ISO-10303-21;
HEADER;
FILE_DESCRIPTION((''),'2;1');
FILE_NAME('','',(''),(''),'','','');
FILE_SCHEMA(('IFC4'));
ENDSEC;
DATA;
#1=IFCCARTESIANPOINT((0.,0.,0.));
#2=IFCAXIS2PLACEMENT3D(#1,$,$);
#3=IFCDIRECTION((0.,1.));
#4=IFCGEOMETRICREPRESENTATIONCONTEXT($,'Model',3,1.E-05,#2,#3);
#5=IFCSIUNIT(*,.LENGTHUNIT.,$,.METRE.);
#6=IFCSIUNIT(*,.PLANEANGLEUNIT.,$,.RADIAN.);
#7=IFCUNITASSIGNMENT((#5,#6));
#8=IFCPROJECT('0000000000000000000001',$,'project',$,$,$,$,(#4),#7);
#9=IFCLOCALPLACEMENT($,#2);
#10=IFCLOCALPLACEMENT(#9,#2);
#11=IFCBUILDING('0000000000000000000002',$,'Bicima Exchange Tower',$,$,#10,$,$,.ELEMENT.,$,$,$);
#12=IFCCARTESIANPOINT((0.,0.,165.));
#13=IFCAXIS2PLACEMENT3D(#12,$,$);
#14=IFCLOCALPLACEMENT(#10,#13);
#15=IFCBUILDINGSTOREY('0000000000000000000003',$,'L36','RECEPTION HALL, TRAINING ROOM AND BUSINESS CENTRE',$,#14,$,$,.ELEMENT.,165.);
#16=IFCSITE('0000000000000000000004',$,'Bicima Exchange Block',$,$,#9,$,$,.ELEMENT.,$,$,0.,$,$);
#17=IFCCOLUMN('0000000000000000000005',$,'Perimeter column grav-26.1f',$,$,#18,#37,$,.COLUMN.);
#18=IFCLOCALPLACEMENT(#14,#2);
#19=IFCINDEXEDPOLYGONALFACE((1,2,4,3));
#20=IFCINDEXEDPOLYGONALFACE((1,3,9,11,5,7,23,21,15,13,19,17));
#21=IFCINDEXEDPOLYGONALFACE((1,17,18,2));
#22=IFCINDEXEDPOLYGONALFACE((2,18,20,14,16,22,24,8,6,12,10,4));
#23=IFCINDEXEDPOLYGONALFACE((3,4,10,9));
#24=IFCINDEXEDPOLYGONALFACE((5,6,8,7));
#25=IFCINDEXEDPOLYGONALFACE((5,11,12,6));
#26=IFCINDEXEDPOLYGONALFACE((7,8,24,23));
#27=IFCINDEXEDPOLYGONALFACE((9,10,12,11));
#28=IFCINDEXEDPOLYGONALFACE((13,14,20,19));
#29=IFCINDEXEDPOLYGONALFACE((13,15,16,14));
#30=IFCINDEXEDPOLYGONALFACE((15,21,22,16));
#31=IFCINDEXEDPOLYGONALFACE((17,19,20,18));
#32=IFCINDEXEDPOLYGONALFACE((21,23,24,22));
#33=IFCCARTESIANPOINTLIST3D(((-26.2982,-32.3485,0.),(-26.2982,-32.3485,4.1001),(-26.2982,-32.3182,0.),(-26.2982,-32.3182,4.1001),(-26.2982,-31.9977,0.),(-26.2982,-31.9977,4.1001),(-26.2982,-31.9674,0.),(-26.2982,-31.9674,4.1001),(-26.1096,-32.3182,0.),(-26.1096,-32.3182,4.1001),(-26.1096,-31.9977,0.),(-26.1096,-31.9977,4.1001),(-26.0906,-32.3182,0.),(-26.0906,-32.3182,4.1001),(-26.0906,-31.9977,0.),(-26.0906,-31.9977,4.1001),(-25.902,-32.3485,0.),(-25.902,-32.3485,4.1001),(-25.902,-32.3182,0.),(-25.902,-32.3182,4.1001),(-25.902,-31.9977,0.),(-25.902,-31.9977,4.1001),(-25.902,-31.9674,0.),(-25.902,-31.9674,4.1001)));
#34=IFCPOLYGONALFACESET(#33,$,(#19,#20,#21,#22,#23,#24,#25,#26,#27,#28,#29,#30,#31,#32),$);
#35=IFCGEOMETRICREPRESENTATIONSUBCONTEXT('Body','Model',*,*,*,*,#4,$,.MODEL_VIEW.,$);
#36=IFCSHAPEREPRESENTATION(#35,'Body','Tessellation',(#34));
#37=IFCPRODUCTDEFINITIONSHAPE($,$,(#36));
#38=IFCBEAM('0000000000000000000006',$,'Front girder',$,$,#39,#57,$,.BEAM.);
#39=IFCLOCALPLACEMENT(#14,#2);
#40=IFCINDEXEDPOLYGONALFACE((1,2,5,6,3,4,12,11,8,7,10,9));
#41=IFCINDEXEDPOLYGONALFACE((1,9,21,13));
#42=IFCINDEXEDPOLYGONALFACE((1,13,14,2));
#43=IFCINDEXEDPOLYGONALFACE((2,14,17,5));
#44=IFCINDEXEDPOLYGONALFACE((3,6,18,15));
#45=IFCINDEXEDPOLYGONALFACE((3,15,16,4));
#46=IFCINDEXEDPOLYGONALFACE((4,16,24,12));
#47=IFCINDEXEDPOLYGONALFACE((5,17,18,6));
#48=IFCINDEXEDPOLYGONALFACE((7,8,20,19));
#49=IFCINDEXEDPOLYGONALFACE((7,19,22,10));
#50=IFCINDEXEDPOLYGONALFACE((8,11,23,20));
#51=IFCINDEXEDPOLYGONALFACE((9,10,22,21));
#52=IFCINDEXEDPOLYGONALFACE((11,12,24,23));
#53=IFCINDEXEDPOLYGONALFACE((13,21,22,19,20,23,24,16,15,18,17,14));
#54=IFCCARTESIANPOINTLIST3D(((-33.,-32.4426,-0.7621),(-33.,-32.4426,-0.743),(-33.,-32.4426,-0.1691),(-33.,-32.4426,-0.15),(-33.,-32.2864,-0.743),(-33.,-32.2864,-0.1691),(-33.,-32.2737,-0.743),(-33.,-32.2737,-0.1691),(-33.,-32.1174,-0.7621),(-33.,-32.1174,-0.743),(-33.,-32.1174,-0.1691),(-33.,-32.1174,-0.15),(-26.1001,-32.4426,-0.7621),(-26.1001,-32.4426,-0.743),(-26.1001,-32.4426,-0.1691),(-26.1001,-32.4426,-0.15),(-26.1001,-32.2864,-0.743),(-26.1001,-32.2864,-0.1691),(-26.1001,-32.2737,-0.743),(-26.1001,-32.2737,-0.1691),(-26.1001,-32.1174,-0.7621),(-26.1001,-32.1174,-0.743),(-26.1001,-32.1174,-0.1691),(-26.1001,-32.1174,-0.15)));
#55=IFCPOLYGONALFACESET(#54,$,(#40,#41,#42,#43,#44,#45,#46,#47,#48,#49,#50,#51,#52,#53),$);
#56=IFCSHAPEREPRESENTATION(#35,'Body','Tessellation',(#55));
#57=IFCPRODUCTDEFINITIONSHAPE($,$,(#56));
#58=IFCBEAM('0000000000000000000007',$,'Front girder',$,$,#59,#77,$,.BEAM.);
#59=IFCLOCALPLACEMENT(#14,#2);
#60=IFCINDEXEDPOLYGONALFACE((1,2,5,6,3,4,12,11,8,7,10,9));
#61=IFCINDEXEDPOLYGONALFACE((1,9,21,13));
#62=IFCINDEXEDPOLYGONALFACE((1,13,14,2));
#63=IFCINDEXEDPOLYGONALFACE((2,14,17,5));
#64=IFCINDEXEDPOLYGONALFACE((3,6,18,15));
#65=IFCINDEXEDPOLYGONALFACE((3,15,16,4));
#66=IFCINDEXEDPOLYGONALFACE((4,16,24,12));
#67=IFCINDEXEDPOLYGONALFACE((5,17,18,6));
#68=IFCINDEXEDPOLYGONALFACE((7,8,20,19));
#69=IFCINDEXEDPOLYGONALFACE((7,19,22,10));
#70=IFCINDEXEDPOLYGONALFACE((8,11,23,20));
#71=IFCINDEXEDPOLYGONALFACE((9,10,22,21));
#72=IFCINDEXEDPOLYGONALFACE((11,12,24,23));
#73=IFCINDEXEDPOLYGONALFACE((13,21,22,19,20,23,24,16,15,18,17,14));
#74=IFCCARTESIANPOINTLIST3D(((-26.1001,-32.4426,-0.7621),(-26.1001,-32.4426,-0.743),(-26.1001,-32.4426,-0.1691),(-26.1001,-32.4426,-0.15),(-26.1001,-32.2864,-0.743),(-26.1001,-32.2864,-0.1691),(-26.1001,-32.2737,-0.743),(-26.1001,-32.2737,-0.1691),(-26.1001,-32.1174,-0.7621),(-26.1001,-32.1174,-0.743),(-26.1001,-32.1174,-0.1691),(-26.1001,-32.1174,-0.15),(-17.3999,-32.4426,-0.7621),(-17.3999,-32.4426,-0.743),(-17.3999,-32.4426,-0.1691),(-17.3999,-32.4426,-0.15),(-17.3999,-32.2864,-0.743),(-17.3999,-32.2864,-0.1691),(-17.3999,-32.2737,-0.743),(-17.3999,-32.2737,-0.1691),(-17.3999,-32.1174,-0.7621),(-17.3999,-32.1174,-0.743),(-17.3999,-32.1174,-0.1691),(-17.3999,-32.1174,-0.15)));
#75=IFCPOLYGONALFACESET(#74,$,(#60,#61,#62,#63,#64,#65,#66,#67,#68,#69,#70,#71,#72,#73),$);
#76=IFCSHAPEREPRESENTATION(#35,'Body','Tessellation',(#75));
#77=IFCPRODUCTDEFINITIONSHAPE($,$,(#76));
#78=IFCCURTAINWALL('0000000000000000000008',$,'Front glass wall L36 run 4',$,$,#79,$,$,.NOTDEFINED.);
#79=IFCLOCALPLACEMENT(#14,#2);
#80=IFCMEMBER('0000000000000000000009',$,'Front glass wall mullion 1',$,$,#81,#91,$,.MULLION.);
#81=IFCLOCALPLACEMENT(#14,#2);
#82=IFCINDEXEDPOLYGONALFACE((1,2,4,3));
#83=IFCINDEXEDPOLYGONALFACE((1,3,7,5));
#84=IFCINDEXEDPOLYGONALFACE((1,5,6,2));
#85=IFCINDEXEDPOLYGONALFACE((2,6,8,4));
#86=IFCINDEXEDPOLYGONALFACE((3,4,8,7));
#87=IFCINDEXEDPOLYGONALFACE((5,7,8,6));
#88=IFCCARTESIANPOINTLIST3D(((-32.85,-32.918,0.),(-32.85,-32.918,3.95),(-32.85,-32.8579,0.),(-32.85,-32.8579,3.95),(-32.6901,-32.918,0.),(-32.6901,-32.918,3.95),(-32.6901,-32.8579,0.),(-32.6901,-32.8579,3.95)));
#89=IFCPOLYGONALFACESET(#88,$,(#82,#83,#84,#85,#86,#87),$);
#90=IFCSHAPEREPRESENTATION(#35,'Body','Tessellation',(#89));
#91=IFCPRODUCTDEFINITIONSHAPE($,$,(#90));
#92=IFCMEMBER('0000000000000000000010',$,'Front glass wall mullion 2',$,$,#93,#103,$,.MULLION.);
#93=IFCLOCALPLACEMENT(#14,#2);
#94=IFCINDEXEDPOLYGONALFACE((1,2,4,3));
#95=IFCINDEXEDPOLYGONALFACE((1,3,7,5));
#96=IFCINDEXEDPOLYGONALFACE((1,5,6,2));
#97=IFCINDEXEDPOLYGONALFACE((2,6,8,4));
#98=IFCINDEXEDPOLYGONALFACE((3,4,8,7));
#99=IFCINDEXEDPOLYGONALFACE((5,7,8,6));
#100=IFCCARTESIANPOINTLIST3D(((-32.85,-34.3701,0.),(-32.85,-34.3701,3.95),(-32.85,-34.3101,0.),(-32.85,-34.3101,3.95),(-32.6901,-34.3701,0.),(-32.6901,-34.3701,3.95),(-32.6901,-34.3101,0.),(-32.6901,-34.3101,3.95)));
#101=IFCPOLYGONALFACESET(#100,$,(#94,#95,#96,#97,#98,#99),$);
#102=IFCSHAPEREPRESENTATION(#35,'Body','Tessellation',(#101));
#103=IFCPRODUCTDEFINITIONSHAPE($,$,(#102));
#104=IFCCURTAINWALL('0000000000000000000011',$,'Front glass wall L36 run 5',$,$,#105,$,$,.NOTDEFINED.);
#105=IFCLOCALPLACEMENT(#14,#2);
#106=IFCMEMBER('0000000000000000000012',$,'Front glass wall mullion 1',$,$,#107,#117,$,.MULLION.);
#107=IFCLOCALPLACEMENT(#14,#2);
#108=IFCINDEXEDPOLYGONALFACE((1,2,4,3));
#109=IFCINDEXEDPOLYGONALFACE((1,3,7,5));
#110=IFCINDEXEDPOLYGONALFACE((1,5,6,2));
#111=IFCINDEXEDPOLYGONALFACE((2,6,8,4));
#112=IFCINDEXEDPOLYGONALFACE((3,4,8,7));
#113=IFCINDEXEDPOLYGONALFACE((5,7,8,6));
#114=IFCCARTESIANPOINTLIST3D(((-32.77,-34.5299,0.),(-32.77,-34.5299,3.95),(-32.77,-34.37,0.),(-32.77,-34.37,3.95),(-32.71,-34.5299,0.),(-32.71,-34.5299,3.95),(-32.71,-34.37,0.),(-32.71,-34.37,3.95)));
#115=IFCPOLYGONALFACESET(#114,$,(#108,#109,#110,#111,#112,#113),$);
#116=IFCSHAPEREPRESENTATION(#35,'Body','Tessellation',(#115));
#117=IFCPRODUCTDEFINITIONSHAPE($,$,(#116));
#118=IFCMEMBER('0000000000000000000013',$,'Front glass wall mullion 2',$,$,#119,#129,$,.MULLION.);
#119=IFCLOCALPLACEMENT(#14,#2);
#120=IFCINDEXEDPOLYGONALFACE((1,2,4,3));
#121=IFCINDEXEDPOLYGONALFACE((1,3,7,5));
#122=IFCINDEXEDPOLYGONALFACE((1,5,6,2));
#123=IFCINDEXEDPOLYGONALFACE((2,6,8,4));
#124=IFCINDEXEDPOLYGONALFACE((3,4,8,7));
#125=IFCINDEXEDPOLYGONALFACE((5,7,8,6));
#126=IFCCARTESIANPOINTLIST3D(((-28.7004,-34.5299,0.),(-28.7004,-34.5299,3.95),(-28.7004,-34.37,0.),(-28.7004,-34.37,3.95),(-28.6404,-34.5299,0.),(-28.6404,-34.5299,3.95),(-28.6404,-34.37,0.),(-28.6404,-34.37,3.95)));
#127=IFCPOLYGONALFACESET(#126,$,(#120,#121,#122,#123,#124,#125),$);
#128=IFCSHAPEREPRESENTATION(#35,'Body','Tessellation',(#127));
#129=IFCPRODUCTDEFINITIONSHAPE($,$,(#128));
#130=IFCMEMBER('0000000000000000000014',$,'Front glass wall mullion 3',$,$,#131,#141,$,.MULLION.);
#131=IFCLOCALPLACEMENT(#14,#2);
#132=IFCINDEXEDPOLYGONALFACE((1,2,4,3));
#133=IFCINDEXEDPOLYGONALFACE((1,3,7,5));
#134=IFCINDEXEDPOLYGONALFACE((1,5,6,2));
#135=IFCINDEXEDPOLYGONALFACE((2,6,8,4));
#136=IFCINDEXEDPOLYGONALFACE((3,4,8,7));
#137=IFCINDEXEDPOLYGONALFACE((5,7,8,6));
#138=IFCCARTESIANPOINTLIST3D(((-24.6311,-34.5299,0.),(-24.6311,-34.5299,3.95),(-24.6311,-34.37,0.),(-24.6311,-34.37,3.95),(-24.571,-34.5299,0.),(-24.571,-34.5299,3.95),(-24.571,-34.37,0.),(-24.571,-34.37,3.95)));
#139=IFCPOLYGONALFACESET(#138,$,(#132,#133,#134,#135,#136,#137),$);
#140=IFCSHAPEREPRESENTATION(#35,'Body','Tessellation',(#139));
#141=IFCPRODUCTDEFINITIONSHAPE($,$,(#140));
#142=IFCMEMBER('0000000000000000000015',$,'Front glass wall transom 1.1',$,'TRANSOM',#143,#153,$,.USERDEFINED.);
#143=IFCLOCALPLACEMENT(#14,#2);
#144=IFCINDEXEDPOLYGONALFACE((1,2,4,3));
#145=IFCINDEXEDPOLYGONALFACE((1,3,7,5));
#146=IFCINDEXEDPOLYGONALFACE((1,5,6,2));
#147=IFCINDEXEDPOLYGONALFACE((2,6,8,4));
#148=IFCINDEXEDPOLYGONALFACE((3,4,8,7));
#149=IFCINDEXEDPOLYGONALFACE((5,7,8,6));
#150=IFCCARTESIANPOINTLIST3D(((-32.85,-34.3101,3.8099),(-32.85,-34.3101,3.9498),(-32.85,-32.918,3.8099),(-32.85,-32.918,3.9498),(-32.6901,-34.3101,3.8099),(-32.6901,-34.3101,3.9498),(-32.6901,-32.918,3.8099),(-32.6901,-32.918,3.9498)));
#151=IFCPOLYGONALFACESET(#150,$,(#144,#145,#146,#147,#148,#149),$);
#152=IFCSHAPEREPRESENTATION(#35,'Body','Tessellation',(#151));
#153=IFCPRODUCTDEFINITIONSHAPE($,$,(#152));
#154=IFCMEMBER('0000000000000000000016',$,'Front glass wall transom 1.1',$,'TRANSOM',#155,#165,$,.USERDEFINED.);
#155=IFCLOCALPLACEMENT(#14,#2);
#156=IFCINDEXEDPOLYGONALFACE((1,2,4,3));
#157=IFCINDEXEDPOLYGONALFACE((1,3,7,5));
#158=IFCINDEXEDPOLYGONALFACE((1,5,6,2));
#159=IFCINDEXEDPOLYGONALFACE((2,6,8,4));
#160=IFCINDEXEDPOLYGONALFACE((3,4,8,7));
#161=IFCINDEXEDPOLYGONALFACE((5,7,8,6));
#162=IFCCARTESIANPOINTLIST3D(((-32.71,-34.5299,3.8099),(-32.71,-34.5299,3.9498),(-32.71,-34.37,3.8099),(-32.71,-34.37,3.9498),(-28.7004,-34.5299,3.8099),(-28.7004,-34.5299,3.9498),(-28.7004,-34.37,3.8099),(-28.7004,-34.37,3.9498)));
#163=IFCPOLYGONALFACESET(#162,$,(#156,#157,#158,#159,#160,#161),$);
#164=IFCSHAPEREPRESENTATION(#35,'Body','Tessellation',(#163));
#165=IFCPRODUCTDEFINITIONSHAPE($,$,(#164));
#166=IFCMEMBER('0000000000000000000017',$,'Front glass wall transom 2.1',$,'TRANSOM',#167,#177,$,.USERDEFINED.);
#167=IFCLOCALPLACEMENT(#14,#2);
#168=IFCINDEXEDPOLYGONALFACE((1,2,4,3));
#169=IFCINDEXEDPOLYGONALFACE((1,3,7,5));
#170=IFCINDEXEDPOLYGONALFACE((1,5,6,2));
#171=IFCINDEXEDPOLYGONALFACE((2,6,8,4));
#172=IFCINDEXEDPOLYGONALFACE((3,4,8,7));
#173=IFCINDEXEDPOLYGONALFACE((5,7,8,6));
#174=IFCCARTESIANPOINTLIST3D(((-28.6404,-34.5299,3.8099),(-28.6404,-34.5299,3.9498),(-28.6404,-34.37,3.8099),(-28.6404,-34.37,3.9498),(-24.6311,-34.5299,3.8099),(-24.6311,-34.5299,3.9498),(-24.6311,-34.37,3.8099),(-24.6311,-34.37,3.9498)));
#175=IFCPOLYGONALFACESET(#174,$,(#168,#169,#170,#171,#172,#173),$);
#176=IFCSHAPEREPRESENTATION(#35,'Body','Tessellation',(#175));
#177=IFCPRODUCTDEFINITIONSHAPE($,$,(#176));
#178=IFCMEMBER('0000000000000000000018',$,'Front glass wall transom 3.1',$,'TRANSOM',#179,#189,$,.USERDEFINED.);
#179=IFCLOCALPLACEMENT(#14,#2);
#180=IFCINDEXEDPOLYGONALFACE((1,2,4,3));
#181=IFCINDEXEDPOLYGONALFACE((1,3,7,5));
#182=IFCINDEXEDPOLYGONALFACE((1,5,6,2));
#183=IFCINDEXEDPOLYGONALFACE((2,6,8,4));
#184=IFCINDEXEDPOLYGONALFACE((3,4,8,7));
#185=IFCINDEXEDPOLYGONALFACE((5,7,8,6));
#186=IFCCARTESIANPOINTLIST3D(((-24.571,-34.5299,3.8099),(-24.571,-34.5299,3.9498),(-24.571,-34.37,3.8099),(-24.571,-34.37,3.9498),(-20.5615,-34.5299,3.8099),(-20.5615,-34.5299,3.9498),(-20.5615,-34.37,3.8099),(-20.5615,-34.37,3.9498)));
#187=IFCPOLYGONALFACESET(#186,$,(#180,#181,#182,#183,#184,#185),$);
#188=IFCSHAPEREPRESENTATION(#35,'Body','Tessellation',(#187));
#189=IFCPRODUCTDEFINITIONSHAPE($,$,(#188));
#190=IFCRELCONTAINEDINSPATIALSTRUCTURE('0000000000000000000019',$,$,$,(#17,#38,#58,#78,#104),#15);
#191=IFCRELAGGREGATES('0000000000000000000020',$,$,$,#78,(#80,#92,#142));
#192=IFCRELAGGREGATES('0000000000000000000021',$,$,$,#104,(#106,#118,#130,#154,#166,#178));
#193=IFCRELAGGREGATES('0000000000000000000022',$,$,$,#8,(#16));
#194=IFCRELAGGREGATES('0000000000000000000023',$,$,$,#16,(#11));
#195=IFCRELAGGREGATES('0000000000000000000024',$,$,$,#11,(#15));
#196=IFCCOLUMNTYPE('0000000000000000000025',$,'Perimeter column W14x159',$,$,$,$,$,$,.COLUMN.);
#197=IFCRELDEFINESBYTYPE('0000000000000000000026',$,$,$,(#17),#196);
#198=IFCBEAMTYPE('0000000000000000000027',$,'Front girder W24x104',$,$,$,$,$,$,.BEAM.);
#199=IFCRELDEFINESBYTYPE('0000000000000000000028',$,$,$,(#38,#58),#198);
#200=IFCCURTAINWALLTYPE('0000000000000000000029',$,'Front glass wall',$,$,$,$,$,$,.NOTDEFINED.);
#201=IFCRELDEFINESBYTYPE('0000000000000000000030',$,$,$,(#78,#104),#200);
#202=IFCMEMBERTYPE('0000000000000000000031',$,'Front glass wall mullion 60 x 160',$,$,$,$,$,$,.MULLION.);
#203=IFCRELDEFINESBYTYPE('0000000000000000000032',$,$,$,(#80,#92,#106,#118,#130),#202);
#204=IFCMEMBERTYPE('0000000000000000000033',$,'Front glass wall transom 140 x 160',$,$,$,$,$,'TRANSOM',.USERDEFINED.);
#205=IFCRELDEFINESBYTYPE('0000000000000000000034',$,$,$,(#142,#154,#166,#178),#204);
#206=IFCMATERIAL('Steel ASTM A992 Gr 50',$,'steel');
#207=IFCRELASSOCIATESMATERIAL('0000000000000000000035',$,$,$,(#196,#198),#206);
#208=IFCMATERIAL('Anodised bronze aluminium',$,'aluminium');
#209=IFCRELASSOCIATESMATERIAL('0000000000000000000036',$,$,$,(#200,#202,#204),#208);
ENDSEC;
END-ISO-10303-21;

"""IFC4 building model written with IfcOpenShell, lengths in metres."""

from ifc_helpers import new_model, si_unit, direction, frame, origin, origin_2d, place, context, subcontext, project, spatial, rectangle, i_section, extrude, material, material_profile, profile_set, type_object, element, aggregate, save


model = new_model("IFC4")

# Units and contexts
model_context = context("Model", 3, precision=1e-05, world=origin(), true_north=direction((0.0, 1.0)))
body_context = subcontext(model_context, "Body", "Model", "MODEL_VIEW")
ifc_project = project(units=[si_unit("LENGTHUNIT", "METRE"), si_unit("PLANEANGLEUNIT", "RADIAN")], contexts=[model_context])

# Site, building, storey
site_placement = place(None, origin())
site = spatial("IfcSite", under=ifc_project, at=site_placement, Name="Bicima Exchange Block", CompositionType="ELEMENT", RefElevation=0.0)
building_placement = place(site_placement, origin())
building = spatial("IfcBuilding", under=site, at=building_placement, Name="Bicima Exchange Tower", CompositionType="ELEMENT")
storey_placement = place(building_placement, frame((0.0, 0.0, 165.0)))
storey = spatial("IfcBuildingStorey", under=building, at=storey_placement, Name="L36", Description="RECEPTION HALL, TRAINING ROOM AND BUSINESS CENTRE", CompositionType="ELEMENT", Elevation=165.0)

# Column
ifc_material_1 = material(Name="Steel ASTM A992 Gr 50", Category="steel")
ifc_material_profile_1 = material_profile(ifc_material_1, i_section(OverallWidth=0.3962, OverallDepth=0.3811, WebThickness=0.019, FlangeThickness=0.0303, at=origin_2d()))
ifc_profile_set_1 = profile_set([ifc_material_profile_1], Name="Steel ASTM A992 Gr 50")
column_type = type_object("IfcColumnType", Name="Perimeter column W14x159", PredefinedType="COLUMN", material=ifc_profile_set_1)
column_placement = place(storey_placement, frame((-26.1001, -32.158, 0.0), z_axis=(0.0, 0.0, 1.0), x_axis=(1.0, 0.0, 0.0)))
element("IfcColumn", 1, at=column_placement, inside=storey, type_object=column_type, Name="Perimeter column grav-26.1f", PredefinedType="COLUMN", context=body_context, shape_type="SweptSolid", body=[
    extrude(i_section(OverallWidth=0.3962, OverallDepth=0.3811, WebThickness=0.019, FlangeThickness=0.0303, at=origin_2d()), origin(), (0.0, 0.0, 1.0), 4.1001),
])

# Beams
ifc_material_profile_2 = material_profile(ifc_material_1, i_section(OverallWidth=0.3252, OverallDepth=0.6121, WebThickness=0.0127, FlangeThickness=0.019, at=origin_2d()))
ifc_profile_set_2 = profile_set([ifc_material_profile_2], Name="Steel ASTM A992 Gr 50")
beam_type = type_object("IfcBeamType", Name="Front girder W24x104", PredefinedType="BEAM", material=ifc_profile_set_2)
beam_1_placement = place(storey_placement, frame((-33.0, -32.28, -0.4561), z_axis=(1.0, 0.0, 0.0), x_axis=(0.0, 1.0, 0.0)))
element("IfcBeam", 2, at=beam_1_placement, inside=storey, type_object=beam_type, Name="Front girder", PredefinedType="BEAM", context=body_context, shape_type="SweptSolid", body=[
    extrude(i_section(OverallWidth=0.3252, OverallDepth=0.6121, WebThickness=0.0127, FlangeThickness=0.019, at=origin_2d()), origin(), (0.0, 0.0, 1.0), 6.8999),
])
beam_2_placement = place(storey_placement, frame((-26.1001, -32.28, -0.4561), z_axis=(1.0, 0.0, 0.0), x_axis=(0.0, 1.0, 0.0)))
element("IfcBeam", 3, at=beam_2_placement, inside=storey, type_object=beam_type, Name="Front girder", PredefinedType="BEAM", context=body_context, shape_type="SweptSolid", body=[
    extrude(i_section(OverallWidth=0.3252, OverallDepth=0.6121, WebThickness=0.0127, FlangeThickness=0.019, at=origin_2d()), origin(), (0.0, 0.0, 1.0), 8.7002),
])

# Curtain walls, members
ifc_material_2 = material(Name="Anodised bronze aluminium", Category="aluminium")
curtain_wall_type = type_object("IfcCurtainWallType", Name="Front glass wall", PredefinedType="NOTDEFINED", material=ifc_material_2)
curtain_wall_1_placement = place(storey_placement, origin())
curtain_wall_1 = element("IfcCurtainWall", 4, at=curtain_wall_1_placement, inside=storey, type_object=curtain_wall_type, Name="Front glass wall L36 run 4", PredefinedType="NOTDEFINED")
ifc_material_profile_3 = material_profile(ifc_material_2, rectangle(XDim=0.1599, YDim=0.0601, at=origin_2d()))
ifc_profile_set_3 = profile_set([ifc_material_profile_3], Name="Anodised bronze aluminium")
member_type_1 = type_object("IfcMemberType", Name="Front glass wall mullion 60 x 160", PredefinedType="MULLION", material=ifc_profile_set_3)
member_1_placement = place(storey_placement, frame((-32.77, -32.8879, 0.0), z_axis=(0.0, 0.0, 1.0), x_axis=(1.0, 0.0, 0.0)))
member_1 = element("IfcMember", 5, at=member_1_placement, type_object=member_type_1, Name="Front glass wall mullion 1", PredefinedType="MULLION", context=body_context, shape_type="SweptSolid", body=[
    extrude(rectangle(XDim=0.1599, YDim=0.0601, at=origin_2d()), origin(), (0.0, 0.0, 1.0), 3.95),
])
member_2_placement = place(storey_placement, frame((-32.77, -34.3401, 0.0), z_axis=(0.0, 0.0, 1.0), x_axis=(1.0, 0.0, 0.0)))
member_2 = element("IfcMember", 6, at=member_2_placement, type_object=member_type_1, Name="Front glass wall mullion 2", PredefinedType="MULLION", context=body_context, shape_type="SweptSolid", body=[
    extrude(rectangle(XDim=0.1599, YDim=0.0601, at=origin_2d()), origin(), (0.0, 0.0, 1.0), 3.95),
])
curtain_wall_2_placement = place(storey_placement, origin())
curtain_wall_2 = element("IfcCurtainWall", 7, at=curtain_wall_2_placement, inside=storey, type_object=curtain_wall_type, Name="Front glass wall L36 run 5", PredefinedType="NOTDEFINED")
member_3_placement = place(storey_placement, frame((-32.74, -34.45, 0.0), z_axis=(0.0, 0.0, 1.0), x_axis=(0.0, 1.0, 0.0)))
member_3 = element("IfcMember", 8, at=member_3_placement, type_object=member_type_1, Name="Front glass wall mullion 1", PredefinedType="MULLION", context=body_context, shape_type="SweptSolid", body=[
    extrude(rectangle(XDim=0.1599, YDim=0.0601, at=origin_2d()), origin(), (0.0, 0.0, 1.0), 3.95),
])
member_4_placement = place(storey_placement, frame((-28.6704, -34.45, 0.0), z_axis=(0.0, 0.0, 1.0), x_axis=(0.0, 1.0, 0.0)))
member_4 = element("IfcMember", 9, at=member_4_placement, type_object=member_type_1, Name="Front glass wall mullion 2", PredefinedType="MULLION", context=body_context, shape_type="SweptSolid", body=[
    extrude(rectangle(XDim=0.1599, YDim=0.0601, at=origin_2d()), origin(), (0.0, 0.0, 1.0), 3.95),
])
member_5_placement = place(storey_placement, frame((-24.6011, -34.45, 0.0), z_axis=(0.0, 0.0, 1.0), x_axis=(0.0, 1.0, 0.0)))
member_5 = element("IfcMember", 10, at=member_5_placement, type_object=member_type_1, Name="Front glass wall mullion 3", PredefinedType="MULLION", context=body_context, shape_type="SweptSolid", body=[
    extrude(rectangle(XDim=0.1599, YDim=0.0601, at=origin_2d()), origin(), (0.0, 0.0, 1.0), 3.95),
])

# Members
ifc_material_profile_4 = material_profile(ifc_material_2, rectangle(XDim=0.1599, YDim=0.1399, at=origin_2d()))
ifc_profile_set_4 = profile_set([ifc_material_profile_4], Name="Anodised bronze aluminium")
member_type_2 = type_object("IfcMemberType", Name="Front glass wall transom 140 x 160", ElementType="TRANSOM", PredefinedType="USERDEFINED", material=ifc_profile_set_4)
member_6_placement = place(storey_placement, frame((-32.77, -32.918, 3.8799), z_axis=(0.0, -1.0, 0.0), x_axis=(1.0, 0.0, 0.0)))
member_6 = element("IfcMember", 11, at=member_6_placement, type_object=member_type_2, Name="Front glass wall transom 1.1", ObjectType="TRANSOM", PredefinedType="USERDEFINED", context=body_context, shape_type="SweptSolid", body=[
    extrude(rectangle(XDim=0.1599, YDim=0.1399, at=origin_2d()), origin(), (0.0, 0.0, 1.0), 1.3921),
])
member_7_placement = place(storey_placement, frame((-32.71, -34.45, 3.8799), z_axis=(1.0, 0.0, 0.0), x_axis=(0.0, 1.0, 0.0)))
member_7 = element("IfcMember", 12, at=member_7_placement, type_object=member_type_2, Name="Front glass wall transom 1.1", ObjectType="TRANSOM", PredefinedType="USERDEFINED", context=body_context, shape_type="SweptSolid", body=[
    extrude(rectangle(XDim=0.1599, YDim=0.1399, at=origin_2d()), origin(), (0.0, 0.0, 1.0), 4.0095),
])
member_8_placement = place(storey_placement, frame((-28.6404, -34.45, 3.8799), z_axis=(1.0, 0.0, 0.0), x_axis=(0.0, 1.0, 0.0)))
member_8 = element("IfcMember", 13, at=member_8_placement, type_object=member_type_2, Name="Front glass wall transom 2.1", ObjectType="TRANSOM", PredefinedType="USERDEFINED", context=body_context, shape_type="SweptSolid", body=[
    extrude(rectangle(XDim=0.1599, YDim=0.1399, at=origin_2d()), origin(), (0.0, 0.0, 1.0), 4.0093),
])
member_9_placement = place(storey_placement, frame((-24.571, -34.45, 3.8799), z_axis=(1.0, 0.0, 0.0), x_axis=(0.0, 1.0, 0.0)))
member_9 = element("IfcMember", 14, at=member_9_placement, type_object=member_type_2, Name="Front glass wall transom 3.1", ObjectType="TRANSOM", PredefinedType="USERDEFINED", context=body_context, shape_type="SweptSolid", body=[
    extrude(rectangle(XDim=0.1599, YDim=0.1399, at=origin_2d()), origin(), (0.0, 0.0, 1.0), 4.0095),
])

aggregate(curtain_wall_1, [member_1, member_2, member_6])
aggregate(curtain_wall_2, [member_3, member_4, member_5, member_7, member_8, member_9])

save(model, "model.ifc")
